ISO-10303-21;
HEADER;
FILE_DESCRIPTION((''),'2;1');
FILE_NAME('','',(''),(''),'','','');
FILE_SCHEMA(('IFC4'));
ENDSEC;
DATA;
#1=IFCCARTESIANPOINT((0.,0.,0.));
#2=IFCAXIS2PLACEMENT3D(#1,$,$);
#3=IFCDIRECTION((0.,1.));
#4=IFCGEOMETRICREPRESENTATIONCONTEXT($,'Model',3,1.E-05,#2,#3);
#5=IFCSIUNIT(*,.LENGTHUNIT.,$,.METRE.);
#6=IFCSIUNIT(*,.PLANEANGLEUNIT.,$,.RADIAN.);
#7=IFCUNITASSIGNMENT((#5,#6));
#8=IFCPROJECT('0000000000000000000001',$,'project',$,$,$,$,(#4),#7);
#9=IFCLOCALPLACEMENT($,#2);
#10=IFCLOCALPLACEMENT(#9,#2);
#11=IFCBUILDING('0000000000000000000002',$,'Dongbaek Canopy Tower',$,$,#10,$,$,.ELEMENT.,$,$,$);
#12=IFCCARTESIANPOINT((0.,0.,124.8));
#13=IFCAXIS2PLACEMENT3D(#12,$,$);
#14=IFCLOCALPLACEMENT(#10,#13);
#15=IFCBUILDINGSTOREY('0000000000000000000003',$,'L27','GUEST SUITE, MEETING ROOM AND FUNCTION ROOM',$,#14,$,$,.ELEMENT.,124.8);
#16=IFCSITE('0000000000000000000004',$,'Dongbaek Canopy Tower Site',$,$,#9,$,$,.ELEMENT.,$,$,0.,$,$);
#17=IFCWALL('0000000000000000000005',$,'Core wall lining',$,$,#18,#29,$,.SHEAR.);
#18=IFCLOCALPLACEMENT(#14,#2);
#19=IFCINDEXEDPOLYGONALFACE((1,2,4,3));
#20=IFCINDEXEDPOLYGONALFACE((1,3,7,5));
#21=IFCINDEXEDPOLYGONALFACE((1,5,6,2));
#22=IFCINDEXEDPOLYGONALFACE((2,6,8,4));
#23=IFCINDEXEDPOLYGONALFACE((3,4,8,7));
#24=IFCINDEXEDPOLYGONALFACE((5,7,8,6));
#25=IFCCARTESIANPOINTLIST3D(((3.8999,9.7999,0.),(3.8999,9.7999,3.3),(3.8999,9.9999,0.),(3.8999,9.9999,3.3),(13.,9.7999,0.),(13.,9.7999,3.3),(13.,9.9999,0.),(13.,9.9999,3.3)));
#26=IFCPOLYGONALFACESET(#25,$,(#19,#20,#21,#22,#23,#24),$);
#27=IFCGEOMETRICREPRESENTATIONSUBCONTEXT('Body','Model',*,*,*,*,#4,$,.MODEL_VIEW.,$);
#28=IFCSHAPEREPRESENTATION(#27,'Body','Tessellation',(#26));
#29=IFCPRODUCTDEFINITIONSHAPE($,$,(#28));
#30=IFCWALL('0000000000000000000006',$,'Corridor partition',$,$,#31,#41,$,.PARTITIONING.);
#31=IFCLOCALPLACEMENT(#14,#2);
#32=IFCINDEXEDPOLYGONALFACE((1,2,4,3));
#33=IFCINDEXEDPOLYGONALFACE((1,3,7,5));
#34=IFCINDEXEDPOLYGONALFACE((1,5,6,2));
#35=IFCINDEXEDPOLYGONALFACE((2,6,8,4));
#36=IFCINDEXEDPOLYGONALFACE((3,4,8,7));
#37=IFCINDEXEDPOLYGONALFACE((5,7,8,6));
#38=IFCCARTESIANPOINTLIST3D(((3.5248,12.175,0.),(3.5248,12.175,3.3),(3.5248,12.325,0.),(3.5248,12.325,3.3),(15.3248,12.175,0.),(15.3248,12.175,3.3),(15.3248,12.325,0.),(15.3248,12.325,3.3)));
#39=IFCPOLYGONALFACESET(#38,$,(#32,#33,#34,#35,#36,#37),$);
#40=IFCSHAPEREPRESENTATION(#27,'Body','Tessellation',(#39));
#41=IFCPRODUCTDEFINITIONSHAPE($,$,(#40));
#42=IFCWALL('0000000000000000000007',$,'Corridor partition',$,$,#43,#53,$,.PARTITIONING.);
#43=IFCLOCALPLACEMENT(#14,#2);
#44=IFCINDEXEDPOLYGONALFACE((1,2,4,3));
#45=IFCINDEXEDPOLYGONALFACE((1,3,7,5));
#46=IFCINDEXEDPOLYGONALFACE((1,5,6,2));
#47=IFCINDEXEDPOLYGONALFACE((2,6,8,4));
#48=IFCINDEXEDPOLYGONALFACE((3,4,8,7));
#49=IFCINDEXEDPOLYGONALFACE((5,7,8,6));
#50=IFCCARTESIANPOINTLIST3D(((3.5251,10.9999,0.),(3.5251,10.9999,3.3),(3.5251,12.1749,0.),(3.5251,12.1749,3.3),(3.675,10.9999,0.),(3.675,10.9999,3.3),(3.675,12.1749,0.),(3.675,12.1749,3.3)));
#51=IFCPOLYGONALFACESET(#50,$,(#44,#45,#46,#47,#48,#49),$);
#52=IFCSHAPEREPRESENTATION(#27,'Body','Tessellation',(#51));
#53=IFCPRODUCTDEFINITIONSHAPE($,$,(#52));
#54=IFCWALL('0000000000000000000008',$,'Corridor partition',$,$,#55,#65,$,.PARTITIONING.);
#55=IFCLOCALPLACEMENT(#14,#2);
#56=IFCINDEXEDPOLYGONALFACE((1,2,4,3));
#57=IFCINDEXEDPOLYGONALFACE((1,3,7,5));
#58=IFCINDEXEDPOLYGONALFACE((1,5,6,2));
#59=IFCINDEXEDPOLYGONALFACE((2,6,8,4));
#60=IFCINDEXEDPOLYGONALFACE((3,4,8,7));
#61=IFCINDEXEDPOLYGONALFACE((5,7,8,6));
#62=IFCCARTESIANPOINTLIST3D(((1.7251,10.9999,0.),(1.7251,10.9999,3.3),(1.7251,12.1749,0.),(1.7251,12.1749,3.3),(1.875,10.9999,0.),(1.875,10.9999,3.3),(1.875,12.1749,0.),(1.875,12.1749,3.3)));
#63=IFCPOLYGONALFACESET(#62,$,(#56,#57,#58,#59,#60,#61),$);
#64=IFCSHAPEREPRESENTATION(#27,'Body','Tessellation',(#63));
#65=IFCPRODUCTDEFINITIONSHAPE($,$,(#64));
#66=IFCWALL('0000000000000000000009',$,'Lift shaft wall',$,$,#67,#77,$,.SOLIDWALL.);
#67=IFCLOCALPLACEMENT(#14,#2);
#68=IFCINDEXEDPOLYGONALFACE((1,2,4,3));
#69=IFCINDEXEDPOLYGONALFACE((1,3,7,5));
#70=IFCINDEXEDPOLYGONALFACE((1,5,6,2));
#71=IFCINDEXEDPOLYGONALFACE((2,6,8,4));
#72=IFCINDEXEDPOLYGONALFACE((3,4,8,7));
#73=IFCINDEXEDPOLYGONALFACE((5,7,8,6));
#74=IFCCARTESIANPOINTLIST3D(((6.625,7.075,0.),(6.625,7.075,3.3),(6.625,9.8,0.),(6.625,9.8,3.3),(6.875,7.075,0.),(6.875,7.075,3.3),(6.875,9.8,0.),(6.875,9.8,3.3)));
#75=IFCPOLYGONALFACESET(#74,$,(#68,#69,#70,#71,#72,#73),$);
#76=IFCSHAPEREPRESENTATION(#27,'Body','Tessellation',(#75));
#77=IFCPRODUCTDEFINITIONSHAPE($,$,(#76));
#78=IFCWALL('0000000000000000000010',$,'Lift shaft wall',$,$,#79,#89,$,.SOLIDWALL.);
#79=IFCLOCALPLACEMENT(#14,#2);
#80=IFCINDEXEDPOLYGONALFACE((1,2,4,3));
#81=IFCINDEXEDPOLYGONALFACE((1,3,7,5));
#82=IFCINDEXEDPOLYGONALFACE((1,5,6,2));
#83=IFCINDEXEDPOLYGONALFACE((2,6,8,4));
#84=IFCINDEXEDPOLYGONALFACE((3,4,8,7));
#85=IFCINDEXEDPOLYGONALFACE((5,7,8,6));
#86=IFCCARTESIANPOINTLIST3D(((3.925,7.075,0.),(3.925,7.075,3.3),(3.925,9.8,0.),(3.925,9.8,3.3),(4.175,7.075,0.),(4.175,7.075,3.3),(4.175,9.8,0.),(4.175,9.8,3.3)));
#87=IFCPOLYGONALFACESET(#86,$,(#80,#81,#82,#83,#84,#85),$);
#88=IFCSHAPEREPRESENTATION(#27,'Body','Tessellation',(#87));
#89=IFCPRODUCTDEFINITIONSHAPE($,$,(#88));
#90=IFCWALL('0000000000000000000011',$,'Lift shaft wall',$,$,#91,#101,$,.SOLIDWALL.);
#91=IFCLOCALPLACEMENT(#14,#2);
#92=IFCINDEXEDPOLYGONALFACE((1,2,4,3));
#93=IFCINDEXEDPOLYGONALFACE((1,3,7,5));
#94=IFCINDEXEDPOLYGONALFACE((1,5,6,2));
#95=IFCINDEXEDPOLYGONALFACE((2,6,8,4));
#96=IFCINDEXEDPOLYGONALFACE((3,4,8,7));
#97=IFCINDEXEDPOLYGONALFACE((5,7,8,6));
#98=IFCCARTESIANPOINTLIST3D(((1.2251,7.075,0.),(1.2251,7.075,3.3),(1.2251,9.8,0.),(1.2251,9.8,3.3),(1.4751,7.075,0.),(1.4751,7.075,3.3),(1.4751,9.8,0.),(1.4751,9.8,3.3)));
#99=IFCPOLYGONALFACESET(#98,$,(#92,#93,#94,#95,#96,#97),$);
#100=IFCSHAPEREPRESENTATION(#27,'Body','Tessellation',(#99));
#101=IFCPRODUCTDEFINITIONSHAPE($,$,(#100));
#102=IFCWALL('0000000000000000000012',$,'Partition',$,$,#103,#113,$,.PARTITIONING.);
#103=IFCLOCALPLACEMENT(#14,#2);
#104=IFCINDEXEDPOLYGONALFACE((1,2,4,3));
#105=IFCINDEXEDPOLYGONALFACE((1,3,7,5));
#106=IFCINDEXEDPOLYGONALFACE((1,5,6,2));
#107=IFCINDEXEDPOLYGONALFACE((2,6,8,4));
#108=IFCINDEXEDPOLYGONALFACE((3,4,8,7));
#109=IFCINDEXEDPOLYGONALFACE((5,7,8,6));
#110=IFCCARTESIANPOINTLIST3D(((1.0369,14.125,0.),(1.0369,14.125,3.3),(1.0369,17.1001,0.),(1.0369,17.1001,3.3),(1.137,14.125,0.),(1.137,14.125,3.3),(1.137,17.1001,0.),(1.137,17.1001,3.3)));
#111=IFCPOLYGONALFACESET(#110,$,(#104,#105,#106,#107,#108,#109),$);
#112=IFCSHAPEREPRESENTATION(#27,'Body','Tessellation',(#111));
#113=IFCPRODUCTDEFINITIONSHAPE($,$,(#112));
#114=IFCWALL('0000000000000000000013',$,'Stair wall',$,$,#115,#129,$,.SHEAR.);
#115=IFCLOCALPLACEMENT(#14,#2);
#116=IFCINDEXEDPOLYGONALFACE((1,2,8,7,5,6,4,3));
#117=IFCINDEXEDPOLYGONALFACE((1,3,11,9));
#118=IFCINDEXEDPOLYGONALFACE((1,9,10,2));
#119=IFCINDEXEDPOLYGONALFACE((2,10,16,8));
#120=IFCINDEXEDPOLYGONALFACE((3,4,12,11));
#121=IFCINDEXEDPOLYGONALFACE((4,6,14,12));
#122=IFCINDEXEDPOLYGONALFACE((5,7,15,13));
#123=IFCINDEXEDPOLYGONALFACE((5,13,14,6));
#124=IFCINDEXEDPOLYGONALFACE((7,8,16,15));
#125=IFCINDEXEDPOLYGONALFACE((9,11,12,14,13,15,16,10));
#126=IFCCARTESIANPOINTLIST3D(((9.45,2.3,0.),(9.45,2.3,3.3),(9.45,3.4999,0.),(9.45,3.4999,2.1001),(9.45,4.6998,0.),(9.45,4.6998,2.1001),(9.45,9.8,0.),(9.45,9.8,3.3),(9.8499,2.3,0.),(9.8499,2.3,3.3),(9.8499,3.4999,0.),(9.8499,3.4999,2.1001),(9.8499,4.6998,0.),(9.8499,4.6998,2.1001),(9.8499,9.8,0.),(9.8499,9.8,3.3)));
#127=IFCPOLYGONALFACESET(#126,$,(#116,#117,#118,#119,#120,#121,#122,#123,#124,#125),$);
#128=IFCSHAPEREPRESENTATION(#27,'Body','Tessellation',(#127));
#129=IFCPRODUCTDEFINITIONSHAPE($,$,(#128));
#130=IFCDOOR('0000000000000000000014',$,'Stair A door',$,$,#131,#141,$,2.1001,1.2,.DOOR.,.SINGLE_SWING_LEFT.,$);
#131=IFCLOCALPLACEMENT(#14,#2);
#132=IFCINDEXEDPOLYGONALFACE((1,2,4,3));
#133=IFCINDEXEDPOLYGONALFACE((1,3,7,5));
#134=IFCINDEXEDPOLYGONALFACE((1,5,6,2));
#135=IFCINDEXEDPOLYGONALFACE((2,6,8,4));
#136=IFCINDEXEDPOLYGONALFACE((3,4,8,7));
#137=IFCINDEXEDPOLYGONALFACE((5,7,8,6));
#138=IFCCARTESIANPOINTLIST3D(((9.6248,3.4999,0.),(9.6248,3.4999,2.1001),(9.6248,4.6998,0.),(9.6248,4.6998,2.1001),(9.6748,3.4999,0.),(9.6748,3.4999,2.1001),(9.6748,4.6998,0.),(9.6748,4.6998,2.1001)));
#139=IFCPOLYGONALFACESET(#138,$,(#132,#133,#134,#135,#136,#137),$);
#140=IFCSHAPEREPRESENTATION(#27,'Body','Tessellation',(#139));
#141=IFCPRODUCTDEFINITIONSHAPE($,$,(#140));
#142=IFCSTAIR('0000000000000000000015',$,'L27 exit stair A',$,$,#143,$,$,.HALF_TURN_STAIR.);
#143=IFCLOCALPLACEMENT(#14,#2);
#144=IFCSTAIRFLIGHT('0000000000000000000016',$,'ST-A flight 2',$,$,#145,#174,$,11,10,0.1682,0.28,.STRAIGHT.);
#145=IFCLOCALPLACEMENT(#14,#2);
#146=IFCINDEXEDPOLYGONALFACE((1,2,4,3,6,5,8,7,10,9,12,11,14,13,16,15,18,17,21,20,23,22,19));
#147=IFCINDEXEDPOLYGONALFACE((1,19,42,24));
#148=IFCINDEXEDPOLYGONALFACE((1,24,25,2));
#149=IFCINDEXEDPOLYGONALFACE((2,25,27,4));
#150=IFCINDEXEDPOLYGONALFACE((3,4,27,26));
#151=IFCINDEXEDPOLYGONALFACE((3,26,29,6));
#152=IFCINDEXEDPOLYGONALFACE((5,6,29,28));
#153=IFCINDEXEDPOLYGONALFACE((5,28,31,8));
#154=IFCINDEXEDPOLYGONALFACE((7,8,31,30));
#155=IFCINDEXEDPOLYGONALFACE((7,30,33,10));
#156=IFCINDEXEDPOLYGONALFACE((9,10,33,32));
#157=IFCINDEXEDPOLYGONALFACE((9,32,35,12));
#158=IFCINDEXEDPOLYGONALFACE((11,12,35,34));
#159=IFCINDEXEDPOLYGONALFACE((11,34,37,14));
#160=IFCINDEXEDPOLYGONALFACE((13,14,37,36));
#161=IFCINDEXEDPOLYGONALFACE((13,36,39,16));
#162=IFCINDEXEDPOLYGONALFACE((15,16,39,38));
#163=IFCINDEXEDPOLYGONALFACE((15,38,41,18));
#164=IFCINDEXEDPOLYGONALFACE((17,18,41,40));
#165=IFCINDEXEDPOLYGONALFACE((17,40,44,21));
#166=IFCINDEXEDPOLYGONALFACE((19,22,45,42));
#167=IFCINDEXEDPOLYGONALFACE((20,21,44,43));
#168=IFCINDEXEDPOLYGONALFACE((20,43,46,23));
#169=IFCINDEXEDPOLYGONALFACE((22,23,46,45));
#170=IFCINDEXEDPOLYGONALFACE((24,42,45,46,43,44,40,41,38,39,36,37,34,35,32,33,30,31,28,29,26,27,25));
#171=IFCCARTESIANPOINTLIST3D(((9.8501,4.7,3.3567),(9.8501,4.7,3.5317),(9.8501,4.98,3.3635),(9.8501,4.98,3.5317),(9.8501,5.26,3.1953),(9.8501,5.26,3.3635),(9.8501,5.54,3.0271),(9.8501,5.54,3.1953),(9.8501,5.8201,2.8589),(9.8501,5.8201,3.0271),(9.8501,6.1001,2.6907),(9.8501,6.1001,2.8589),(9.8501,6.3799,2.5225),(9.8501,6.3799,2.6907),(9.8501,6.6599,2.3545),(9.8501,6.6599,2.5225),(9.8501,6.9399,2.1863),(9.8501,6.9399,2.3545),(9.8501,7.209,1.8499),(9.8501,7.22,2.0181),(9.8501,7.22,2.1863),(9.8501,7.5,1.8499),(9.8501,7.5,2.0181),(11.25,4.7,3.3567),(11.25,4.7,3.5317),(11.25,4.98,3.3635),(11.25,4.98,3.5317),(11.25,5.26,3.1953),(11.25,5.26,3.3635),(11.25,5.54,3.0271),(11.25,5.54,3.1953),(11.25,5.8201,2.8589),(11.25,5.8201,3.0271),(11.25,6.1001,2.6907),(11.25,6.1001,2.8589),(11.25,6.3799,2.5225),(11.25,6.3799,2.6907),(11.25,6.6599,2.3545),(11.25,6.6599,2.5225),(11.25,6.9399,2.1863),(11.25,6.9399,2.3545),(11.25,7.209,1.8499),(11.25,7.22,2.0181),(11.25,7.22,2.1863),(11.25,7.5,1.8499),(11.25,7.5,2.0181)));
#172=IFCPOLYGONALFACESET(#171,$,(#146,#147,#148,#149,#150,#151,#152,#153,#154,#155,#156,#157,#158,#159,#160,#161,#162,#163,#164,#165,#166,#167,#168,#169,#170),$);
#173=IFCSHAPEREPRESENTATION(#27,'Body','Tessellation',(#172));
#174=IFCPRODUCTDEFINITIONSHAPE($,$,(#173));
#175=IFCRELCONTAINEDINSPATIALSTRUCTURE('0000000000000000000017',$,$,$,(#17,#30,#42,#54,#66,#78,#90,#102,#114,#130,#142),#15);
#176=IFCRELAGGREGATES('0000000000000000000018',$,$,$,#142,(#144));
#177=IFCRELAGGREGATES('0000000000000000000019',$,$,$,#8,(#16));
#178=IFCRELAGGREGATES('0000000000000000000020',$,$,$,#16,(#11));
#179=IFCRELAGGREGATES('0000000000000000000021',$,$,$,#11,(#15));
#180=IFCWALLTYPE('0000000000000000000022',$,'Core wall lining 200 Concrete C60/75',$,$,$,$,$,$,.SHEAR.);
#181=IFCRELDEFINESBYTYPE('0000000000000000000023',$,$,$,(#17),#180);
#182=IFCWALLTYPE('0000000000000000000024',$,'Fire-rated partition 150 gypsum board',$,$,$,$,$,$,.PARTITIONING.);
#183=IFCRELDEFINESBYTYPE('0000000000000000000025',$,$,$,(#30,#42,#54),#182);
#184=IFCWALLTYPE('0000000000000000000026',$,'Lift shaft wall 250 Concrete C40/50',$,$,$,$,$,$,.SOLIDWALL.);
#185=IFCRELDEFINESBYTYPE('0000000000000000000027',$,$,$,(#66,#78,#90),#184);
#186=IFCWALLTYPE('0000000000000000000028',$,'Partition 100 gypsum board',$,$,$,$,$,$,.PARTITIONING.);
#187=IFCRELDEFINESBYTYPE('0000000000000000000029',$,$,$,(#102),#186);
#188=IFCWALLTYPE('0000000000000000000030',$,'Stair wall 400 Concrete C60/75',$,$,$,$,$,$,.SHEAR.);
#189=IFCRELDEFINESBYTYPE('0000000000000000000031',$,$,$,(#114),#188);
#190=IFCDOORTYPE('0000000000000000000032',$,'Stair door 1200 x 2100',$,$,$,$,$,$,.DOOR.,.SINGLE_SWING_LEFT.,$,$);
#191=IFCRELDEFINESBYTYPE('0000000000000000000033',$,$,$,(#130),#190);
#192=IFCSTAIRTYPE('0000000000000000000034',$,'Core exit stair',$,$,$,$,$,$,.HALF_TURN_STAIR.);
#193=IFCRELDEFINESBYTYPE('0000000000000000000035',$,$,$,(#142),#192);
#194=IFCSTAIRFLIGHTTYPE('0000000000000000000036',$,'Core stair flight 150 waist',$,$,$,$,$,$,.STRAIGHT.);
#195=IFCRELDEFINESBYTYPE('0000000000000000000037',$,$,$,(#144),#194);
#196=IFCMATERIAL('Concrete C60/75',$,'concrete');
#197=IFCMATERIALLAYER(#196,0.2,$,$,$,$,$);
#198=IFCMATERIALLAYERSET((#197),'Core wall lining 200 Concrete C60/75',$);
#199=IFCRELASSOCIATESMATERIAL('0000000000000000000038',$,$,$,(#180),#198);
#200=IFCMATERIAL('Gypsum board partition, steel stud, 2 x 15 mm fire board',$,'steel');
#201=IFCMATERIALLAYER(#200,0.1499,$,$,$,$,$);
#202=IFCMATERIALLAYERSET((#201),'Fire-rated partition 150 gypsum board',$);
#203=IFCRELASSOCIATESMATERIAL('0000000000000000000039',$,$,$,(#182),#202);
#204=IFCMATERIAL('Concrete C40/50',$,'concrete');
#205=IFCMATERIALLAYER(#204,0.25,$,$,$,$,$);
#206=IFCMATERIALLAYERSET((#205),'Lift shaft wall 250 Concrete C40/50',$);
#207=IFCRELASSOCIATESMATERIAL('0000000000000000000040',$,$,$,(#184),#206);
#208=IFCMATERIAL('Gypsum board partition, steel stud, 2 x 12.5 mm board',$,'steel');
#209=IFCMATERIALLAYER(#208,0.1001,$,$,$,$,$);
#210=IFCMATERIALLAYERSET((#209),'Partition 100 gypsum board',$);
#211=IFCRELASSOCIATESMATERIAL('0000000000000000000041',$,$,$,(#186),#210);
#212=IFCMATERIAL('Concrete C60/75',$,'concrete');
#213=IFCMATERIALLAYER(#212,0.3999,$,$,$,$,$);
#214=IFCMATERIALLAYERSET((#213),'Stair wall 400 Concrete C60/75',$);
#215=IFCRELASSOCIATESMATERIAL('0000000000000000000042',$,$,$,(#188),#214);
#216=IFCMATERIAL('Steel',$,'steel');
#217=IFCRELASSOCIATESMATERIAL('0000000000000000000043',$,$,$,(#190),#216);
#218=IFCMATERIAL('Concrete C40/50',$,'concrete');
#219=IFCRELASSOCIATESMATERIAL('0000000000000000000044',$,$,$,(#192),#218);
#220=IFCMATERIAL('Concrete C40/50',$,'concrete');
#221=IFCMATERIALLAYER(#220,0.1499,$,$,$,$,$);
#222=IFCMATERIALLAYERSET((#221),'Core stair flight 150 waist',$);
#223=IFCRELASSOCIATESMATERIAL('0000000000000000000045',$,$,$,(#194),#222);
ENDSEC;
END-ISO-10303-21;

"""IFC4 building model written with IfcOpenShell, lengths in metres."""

from ifc_helpers import new_model, si_unit, direction, frame, frame_2d, origin, place, context, subcontext, project, spatial, polyline, rectangle, outline, extrude, material, layer, layer_set, type_object, element, fill, aggregate, save


model = new_model("IFC4")

# Units and contexts
model_context = context("Model", 3, precision=1e-05, world=origin(), true_north=direction((0.0, 1.0)))
body_context = subcontext(model_context, "Body", "Model", "MODEL_VIEW")
ifc_project = project(units=[si_unit("LENGTHUNIT", "METRE"), si_unit("PLANEANGLEUNIT", "RADIAN")], contexts=[model_context])

# Site, building, storey
site_placement = place(None, origin())
site = spatial("IfcSite", under=ifc_project, at=site_placement, Name="Dongbaek Canopy Tower Site", CompositionType="ELEMENT", RefElevation=0.0)
building_placement = place(site_placement, origin())
building = spatial("IfcBuilding", under=site, at=building_placement, Name="Dongbaek Canopy Tower", CompositionType="ELEMENT")
storey_placement = place(building_placement, frame((0.0, 0.0, 124.8)))
storey = spatial("IfcBuildingStorey", under=building, at=storey_placement, Name="L27", Description="GUEST SUITE, MEETING ROOM AND FUNCTION ROOM", CompositionType="ELEMENT", Elevation=124.8)

# Walls
ifc_material_1 = material(Name="Concrete C60/75", Category="concrete")
ifc_layer_1 = layer(ifc_material_1, 0.2)
ifc_layer_set_1 = layer_set([ifc_layer_1], Name="Core wall lining 200 Concrete C60/75")
wall_type_1 = type_object("IfcWallType", Name="Core wall lining 200 Concrete C60/75", PredefinedType="SHEAR", material=ifc_layer_set_1)
wall_1_placement = place(storey_placement, frame((3.8999, 9.8999, 0.0), z_axis=(0.0, 0.0, 1.0), x_axis=(1.0, 0.0, 0.0)))
element("IfcWall", 1, at=wall_1_placement, inside=storey, type_object=wall_type_1, Name="Core wall lining", PredefinedType="SHEAR", context=body_context, shape_type="SweptSolid", body=[
    extrude(rectangle(XDim=9.1001, YDim=0.2, at=frame_2d((4.55, 0.0))), origin(), (0.0, 0.0, 1.0), 3.3),
])
ifc_material_2 = material(Name="Gypsum board partition, steel stud, 2 x 15 mm fire board", Category="steel")
ifc_layer_2 = layer(ifc_material_2, 0.1499)
ifc_layer_set_2 = layer_set([ifc_layer_2], Name="Fire-rated partition 150 gypsum board")
wall_type_2 = type_object("IfcWallType", Name="Fire-rated partition 150 gypsum board", PredefinedType="PARTITIONING", material=ifc_layer_set_2)
wall_2_placement = place(storey_placement, frame((3.5249, 12.25, 0.0), z_axis=(0.0, 0.0, 1.0), x_axis=(1.0, 0.0, 0.0)))
element("IfcWall", 2, at=wall_2_placement, inside=storey, type_object=wall_type_2, Name="Corridor partition", PredefinedType="PARTITIONING", context=body_context, shape_type="SweptSolid", body=[
    extrude(rectangle(XDim=11.8, YDim=0.1499, at=frame_2d((5.8999, 0.0))), origin(), (0.0, 0.0, 1.0), 3.3),
])
for number, where, z_axis, x_axis, name in (
    (3, (3.6001, 11.0, 0.0), (0.0, 0.0, 1.0), (0.0, 1.0, 0.0), "Corridor partition"),
    (4, (1.8, 11.0, 0.0), (0.0, 0.0, 1.0), (0.0, 1.0, 0.0), "Corridor partition"),
):
    element("IfcWall", number, at=place(storey_placement, frame(where, z_axis=z_axis, x_axis=x_axis)), inside=storey, type_object=wall_type_2, Name=name, PredefinedType="PARTITIONING", context=body_context, shape_type="SweptSolid", body=[
        extrude(rectangle(XDim=1.175, YDim=0.1499, at=frame_2d((0.5874, 0.0))), origin(), (0.0, 0.0, 1.0), 3.3),
    ])
ifc_material_3 = material(Name="Concrete C40/50", Category="concrete")
ifc_layer_3 = layer(ifc_material_3, 0.25)
ifc_layer_set_3 = layer_set([ifc_layer_3], Name="Lift shaft wall 250 Concrete C40/50")
wall_type_3 = type_object("IfcWallType", Name="Lift shaft wall 250 Concrete C40/50", PredefinedType="SOLIDWALL", material=ifc_layer_set_3)
for number, where, z_axis, x_axis, name in (
    (5, (6.75, 7.075, 0.0), (0.0, 0.0, 1.0), (0.0, 1.0, 0.0), "Lift shaft wall"),
    (6, (4.05, 7.075, 0.0), (0.0, 0.0, 1.0), (0.0, 1.0, 0.0), "Lift shaft wall"),
    (7, (1.3501, 7.075, 0.0), (0.0, 0.0, 1.0), (0.0, 1.0, 0.0), "Lift shaft wall"),
):
    element("IfcWall", number, at=place(storey_placement, frame(where, z_axis=z_axis, x_axis=x_axis)), inside=storey, type_object=wall_type_3, Name=name, PredefinedType="SOLIDWALL", context=body_context, shape_type="SweptSolid", body=[
        extrude(rectangle(XDim=2.7251, YDim=0.25, at=frame_2d((1.3625, 0.0))), origin(), (0.0, 0.0, 1.0), 3.3),
    ])
ifc_material_4 = material(Name="Gypsum board partition, steel stud, 2 x 12.5 mm board", Category="steel")
ifc_layer_4 = layer(ifc_material_4, 0.1001)
ifc_layer_set_4 = layer_set([ifc_layer_4], Name="Partition 100 gypsum board")
wall_type_4 = type_object("IfcWallType", Name="Partition 100 gypsum board", PredefinedType="PARTITIONING", material=ifc_layer_set_4)
wall_3_placement = place(storey_placement, frame((1.0869, 14.125, 0.0), z_axis=(0.0, 0.0, 1.0), x_axis=(0.0, 1.0, 0.0)))
element("IfcWall", 8, at=wall_3_placement, inside=storey, type_object=wall_type_4, Name="Partition", PredefinedType="PARTITIONING", context=body_context, shape_type="SweptSolid", body=[
    extrude(rectangle(XDim=2.9751, YDim=0.1001, at=frame_2d((1.4875, 0.0))), origin(), (0.0, 0.0, 1.0), 3.3),
])

# Wall, opening, door
ifc_material_5 = material(Name="Concrete C60/75", Category="concrete")
ifc_layer_5 = layer(ifc_material_5, 0.3999)
ifc_layer_set_5 = layer_set([ifc_layer_5], Name="Stair wall 400 Concrete C60/75")
wall_type_5 = type_object("IfcWallType", Name="Stair wall 400 Concrete C60/75", PredefinedType="SHEAR", material=ifc_layer_set_5)
wall_4_placement = place(storey_placement, frame((9.6499, 9.8, 0.0), z_axis=(0.0, 0.0, 1.0), x_axis=(0.0, -1.0, 0.0)))
wall_4 = element("IfcWall", 9, at=wall_4_placement, inside=storey, type_object=wall_type_5, Name="Stair wall", PredefinedType="SHEAR", context=body_context, shape_type="SweptSolid", body=[
    extrude(rectangle(XDim=7.5, YDim=0.3999, at=frame_2d((3.75, 0.0))), origin(), (0.0, 0.0, 1.0), 3.3),
])
opening_placement = place(wall_4_placement, frame((5.1001, 0.0, 0.0)))
opening = element("IfcOpeningElement", 10, at=opening_placement, cuts=wall_4, PredefinedType="OPENING", context=body_context, shape_type="SweptSolid", body=[
    extrude(rectangle(XDim=1.2, YDim=2.1001, at=frame_2d((0.6001, 1.05))), frame((0.0, 0.21, 0.0), z_axis=(0.0, -1.0, 0.0), x_axis=(1.0, 0.0, 0.0)), (0.0, 0.0, 1.0), 0.4199),
])
ifc_material_6 = material(Name="Steel", Category="steel")
door_type = type_object("IfcDoorType", Name="Stair door 1200 x 2100", OperationType="SINGLE_SWING_LEFT", PredefinedType="DOOR", material=ifc_material_6)
door_placement = place(opening_placement, origin())
door = element("IfcDoor", 11, at=door_placement, inside=storey, type_object=door_type, Name="Stair A door", OperationType="SINGLE_SWING_LEFT", OverallHeight=2.1001, OverallWidth=1.2, PredefinedType="DOOR", context=body_context, shape_type="SweptSolid", body=[
    extrude(rectangle(XDim=1.2, YDim=2.1001, at=frame_2d((0.6001, 1.05))), frame((0.0, 0.0249, 0.0), z_axis=(0.0, -1.0, 0.0), x_axis=(1.0, 0.0, 0.0)), (0.0, 0.0, 1.0), 0.05),
])
fill(opening, door)

# Stair, stair flight
ifc_material_7 = material(Name="Concrete C40/50", Category="concrete")
stair_type = type_object("IfcStairType", Name="Core exit stair", PredefinedType="HALF_TURN_STAIR", material=ifc_material_7)
stair_placement = place(storey_placement, origin())
stair = element("IfcStair", 12, at=stair_placement, inside=storey, type_object=stair_type, Name="L27 exit stair A", PredefinedType="HALF_TURN_STAIR")
ifc_material_8 = material(Name="Concrete C40/50", Category="concrete")
ifc_layer_6 = layer(ifc_material_8, 0.1499)
ifc_layer_set_6 = layer_set([ifc_layer_6], Name="Core stair flight 150 waist")
stair_flight_type = type_object("IfcStairFlightType", Name="Core stair flight 150 waist", PredefinedType="STRAIGHT", material=ifc_layer_set_6)
stair_flight_placement = place(storey_placement, frame((10.55, 7.5, 1.8499), z_axis=(0.0, 0.0, 1.0), x_axis=(0.0, -1.0, 0.0)))
stair_flight = element("IfcStairFlight", 13, at=stair_flight_placement, type_object=stair_flight_type, Name="ST-A flight 2", NumberOfRisers=11, NumberOfTreads=10, PredefinedType="STRAIGHT", RiserHeight=0.1682, TreadLength=0.28, context=body_context, shape_type="SweptSolid", body=[
    extrude(outline(polyline([(0.0, 0.0), (0.0, 0.1682), (0.28, 0.1682), (0.28, 0.3364), (0.5601, 0.3364), (0.5601, 0.5046), (0.8401, 0.5046), (0.8401, 0.6726), (1.1201, 0.6726), (1.1201, 0.8408), (1.3999, 0.8408), (1.3999, 1.009), (1.6799, 1.009), (1.6799, 1.1772), (1.96, 1.1772), (1.96, 1.3455), (2.24, 1.3455), (2.24, 1.5137), (2.52, 1.5137), (2.52, 1.6819), (2.8, 1.6819), (2.8, 1.8501), (2.8, 1.5068), (0.291, 0.0), (0.0, 0.0)])), frame((0.0, 0.7, 0.0), z_axis=(0.0, -1.0, 0.0), x_axis=(1.0, 0.0, 0.0)), (0.0, 0.0, 1.0), 1.3999),
])
aggregate(stair, [stair_flight])

save(model, "model.ifc")
